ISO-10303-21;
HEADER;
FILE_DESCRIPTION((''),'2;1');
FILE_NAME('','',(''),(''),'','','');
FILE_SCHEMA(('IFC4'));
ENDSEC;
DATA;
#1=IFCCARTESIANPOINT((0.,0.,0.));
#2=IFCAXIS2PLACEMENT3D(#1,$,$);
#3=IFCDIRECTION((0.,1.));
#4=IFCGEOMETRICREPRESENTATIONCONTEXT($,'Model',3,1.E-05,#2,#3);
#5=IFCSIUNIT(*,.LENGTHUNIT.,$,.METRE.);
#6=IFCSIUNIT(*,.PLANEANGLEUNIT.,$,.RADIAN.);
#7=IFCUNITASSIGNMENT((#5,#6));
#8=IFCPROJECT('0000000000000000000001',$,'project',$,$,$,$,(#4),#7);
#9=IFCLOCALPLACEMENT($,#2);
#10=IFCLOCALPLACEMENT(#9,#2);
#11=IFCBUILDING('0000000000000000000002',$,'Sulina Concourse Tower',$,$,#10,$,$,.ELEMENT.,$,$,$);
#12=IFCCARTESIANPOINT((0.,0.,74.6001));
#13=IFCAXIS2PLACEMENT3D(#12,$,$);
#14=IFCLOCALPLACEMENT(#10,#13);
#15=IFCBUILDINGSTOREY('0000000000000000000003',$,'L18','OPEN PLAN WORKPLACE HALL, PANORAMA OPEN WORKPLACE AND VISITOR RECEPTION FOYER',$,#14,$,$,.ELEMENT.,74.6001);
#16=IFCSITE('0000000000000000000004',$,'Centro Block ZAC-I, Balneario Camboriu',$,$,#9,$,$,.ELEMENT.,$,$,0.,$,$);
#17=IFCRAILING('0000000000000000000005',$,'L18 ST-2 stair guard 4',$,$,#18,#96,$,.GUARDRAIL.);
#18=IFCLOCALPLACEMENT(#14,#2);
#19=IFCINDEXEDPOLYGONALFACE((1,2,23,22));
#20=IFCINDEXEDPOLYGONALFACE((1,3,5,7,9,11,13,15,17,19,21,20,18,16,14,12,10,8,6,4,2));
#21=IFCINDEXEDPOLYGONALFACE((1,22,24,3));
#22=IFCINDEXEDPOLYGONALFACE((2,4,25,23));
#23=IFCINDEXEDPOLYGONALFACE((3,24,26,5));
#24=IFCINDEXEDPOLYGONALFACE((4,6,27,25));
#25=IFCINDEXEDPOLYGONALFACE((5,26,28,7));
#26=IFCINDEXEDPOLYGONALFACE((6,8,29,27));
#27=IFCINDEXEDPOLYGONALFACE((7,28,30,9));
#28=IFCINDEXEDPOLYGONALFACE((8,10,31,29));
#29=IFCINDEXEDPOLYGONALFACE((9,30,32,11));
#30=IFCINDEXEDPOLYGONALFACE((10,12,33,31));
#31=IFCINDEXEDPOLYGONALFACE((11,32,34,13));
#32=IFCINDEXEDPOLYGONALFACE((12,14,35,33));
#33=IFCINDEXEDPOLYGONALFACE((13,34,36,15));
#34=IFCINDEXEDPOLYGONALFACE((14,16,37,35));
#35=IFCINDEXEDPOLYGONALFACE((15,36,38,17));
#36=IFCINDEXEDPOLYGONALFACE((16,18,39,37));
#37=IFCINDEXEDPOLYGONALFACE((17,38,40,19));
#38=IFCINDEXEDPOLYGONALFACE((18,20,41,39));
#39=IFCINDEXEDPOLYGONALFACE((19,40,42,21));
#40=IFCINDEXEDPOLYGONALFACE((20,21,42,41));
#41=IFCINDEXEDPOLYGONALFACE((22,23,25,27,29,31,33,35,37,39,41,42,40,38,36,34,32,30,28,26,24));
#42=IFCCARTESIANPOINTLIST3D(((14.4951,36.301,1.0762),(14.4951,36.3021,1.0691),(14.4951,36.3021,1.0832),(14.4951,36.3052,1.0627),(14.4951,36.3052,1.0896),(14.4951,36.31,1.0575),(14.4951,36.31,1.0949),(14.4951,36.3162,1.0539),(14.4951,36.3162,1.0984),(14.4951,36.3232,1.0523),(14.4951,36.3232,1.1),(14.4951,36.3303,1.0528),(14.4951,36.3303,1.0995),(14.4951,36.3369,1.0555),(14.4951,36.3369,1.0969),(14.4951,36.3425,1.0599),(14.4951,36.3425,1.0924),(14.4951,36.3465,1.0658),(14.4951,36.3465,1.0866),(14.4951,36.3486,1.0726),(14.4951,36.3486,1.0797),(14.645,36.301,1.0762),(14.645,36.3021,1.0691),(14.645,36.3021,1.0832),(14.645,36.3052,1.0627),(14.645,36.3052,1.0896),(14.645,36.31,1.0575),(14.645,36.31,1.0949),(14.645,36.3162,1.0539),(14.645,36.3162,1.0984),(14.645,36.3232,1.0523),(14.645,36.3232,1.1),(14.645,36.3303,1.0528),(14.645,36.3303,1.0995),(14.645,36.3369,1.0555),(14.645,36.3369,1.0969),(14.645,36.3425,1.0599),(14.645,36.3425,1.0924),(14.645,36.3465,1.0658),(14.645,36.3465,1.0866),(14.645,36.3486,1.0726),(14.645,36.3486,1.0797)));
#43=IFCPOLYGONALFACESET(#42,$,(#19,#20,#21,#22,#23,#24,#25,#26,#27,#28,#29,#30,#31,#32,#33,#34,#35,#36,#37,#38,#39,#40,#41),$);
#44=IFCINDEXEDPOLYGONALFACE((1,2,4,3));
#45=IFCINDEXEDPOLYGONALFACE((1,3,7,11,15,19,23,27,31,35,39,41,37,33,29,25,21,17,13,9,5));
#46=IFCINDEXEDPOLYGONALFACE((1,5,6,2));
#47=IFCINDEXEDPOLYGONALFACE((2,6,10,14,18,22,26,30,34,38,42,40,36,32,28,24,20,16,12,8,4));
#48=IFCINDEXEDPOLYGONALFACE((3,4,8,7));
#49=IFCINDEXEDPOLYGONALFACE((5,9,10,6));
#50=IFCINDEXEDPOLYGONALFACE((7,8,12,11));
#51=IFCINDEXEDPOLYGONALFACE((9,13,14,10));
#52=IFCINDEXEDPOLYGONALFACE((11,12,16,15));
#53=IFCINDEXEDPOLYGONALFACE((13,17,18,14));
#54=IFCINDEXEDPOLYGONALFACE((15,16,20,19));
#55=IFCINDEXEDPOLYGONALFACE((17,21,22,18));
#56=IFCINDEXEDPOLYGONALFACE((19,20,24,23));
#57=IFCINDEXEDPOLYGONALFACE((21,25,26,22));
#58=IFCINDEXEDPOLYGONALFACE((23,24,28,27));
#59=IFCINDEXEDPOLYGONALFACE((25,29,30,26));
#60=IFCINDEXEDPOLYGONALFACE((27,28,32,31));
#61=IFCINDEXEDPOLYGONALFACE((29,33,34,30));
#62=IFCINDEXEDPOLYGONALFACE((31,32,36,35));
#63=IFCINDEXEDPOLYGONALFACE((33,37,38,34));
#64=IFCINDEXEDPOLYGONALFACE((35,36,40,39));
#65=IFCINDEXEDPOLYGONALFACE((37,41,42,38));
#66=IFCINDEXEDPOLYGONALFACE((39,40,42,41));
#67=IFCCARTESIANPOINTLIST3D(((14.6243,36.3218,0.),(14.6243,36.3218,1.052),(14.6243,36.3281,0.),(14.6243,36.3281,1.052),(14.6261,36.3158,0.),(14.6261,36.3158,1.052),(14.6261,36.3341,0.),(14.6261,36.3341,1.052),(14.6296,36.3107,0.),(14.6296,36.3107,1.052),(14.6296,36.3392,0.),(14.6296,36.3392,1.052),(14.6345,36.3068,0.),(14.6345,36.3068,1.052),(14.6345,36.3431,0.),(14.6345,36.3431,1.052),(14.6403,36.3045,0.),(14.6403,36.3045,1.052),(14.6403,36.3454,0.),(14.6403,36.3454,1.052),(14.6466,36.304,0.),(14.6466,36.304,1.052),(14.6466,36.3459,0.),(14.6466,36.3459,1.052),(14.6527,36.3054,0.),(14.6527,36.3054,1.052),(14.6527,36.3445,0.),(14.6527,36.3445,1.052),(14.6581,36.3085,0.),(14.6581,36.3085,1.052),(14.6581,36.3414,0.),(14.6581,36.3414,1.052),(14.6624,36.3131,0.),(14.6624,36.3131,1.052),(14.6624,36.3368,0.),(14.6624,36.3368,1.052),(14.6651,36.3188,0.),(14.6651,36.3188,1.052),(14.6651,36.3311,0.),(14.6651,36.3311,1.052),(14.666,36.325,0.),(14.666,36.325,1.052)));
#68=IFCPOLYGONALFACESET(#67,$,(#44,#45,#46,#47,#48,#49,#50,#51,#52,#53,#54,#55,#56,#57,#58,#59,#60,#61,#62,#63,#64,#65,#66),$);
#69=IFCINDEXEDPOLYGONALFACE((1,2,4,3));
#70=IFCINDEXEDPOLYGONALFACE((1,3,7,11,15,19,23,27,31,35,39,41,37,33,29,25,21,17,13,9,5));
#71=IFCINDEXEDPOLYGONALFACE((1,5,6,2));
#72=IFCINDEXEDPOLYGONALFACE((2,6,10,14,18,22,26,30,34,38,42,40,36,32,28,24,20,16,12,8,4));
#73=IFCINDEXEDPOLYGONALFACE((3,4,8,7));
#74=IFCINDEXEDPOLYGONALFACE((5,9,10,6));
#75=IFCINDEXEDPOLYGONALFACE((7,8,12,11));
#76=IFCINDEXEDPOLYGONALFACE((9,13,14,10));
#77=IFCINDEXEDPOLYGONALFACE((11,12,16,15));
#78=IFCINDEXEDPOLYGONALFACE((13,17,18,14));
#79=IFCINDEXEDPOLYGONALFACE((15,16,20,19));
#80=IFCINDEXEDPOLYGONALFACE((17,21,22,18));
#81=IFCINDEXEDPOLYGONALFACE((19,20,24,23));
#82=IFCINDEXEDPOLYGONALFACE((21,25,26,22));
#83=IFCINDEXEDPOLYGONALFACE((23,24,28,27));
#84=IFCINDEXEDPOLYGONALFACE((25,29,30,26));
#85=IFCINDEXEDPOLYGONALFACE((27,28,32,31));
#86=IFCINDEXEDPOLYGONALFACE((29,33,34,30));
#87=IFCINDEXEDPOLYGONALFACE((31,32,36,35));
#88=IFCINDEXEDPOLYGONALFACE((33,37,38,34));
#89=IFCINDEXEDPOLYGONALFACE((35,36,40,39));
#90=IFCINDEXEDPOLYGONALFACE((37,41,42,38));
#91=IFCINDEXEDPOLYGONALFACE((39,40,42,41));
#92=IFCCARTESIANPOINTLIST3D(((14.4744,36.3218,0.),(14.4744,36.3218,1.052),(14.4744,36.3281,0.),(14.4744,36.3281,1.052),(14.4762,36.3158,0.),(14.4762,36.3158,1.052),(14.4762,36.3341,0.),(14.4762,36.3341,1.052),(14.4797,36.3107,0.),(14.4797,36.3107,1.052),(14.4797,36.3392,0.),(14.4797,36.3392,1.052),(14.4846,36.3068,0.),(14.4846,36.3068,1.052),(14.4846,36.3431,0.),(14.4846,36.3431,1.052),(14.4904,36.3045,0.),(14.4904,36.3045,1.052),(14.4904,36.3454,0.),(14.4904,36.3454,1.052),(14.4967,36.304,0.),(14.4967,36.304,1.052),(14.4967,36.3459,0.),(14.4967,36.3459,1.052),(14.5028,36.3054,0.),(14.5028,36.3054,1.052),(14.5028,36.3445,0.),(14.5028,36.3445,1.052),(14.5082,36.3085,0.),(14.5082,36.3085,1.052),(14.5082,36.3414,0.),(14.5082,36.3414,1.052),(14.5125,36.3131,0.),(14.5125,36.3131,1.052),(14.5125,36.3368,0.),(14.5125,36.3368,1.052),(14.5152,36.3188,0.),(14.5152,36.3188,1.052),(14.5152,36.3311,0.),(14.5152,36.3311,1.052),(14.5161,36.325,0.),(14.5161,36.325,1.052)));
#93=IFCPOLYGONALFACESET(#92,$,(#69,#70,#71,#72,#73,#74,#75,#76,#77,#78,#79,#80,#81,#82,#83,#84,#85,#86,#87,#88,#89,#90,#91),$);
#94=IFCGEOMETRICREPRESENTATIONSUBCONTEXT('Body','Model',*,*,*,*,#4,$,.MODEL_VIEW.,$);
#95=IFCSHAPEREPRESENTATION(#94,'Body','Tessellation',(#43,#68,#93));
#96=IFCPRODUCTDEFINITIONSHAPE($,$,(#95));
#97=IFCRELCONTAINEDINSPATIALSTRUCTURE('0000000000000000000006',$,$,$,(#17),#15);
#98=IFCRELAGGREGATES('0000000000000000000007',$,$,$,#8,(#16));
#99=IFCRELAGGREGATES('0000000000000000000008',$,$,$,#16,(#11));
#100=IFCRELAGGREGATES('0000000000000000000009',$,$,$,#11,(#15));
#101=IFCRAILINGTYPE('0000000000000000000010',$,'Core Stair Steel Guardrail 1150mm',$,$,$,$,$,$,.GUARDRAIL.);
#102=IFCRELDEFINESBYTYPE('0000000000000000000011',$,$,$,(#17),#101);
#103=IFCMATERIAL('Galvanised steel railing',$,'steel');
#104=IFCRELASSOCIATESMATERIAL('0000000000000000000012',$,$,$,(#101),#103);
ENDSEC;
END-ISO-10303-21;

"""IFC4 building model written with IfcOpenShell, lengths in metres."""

from ifc_helpers import new_model, si_unit, direction, frame, origin, origin_2d, place, context, subcontext, project, spatial, circle, extrude, material, type_object, element, save


model = new_model("IFC4")

# Units and contexts
model_context = context("Model", 3, precision=1e-05, world=origin(), true_north=direction((0.0, 1.0)))
body_context = subcontext(model_context, "Body", "Model", "MODEL_VIEW")
ifc_project = project(units=[si_unit("LENGTHUNIT", "METRE"), si_unit("PLANEANGLEUNIT", "RADIAN")], contexts=[model_context])

# Site, building, storey
site_placement = place(None, origin())
site = spatial("IfcSite", under=ifc_project, at=site_placement, Name="Centro Block ZAC-I, Balneario Camboriu", CompositionType="ELEMENT", RefElevation=0.0)
building_placement = place(site_placement, origin())
building = spatial("IfcBuilding", under=site, at=building_placement, Name="Sulina Concourse Tower", CompositionType="ELEMENT")
storey_placement = place(building_placement, frame((0.0, 0.0, 74.6001)))
storey = spatial("IfcBuildingStorey", under=building, at=storey_placement, Name="L18", Description="OPEN PLAN WORKPLACE HALL, PANORAMA OPEN WORKPLACE AND VISITOR RECEPTION FOYER", CompositionType="ELEMENT", Elevation=74.6001)

# Railing
ifc_material_1 = material(Name="Galvanised steel railing", Category="steel")
railing_type_1 = type_object("IfcRailingType", Name="Core Stair Steel Guardrail 1150mm", PredefinedType="GUARDRAIL", material=ifc_material_1)
railing_1_placement = place(storey_placement, frame((14.645, 36.325, 0.0)))
element("IfcRailing", 1, at=railing_1_placement, inside=storey, type_object=railing_type_1, Name="L18 ST-2 stair guard 4", PredefinedType="GUARDRAIL", context=body_context, shape_type="SweptSolid", body=[
    extrude(circle(Radius=0.0239, at=origin_2d()), frame((0.0, 0.0, 1.0762), z_axis=(-1.0, 0.0, 0.0), x_axis=(0.0, -1.0, 0.0)), (0.0, 0.0, 1.0), 0.1499),
    extrude(circle(Radius=0.021, at=origin_2d()), origin(), (0.0, 0.0, 1.0), 1.052),
    extrude(circle(Radius=0.021, at=origin_2d()), frame((-0.1499, 0.0, 0.0)), (0.0, 0.0, 1.0), 1.052),
])

save(model, "model.ifc")
